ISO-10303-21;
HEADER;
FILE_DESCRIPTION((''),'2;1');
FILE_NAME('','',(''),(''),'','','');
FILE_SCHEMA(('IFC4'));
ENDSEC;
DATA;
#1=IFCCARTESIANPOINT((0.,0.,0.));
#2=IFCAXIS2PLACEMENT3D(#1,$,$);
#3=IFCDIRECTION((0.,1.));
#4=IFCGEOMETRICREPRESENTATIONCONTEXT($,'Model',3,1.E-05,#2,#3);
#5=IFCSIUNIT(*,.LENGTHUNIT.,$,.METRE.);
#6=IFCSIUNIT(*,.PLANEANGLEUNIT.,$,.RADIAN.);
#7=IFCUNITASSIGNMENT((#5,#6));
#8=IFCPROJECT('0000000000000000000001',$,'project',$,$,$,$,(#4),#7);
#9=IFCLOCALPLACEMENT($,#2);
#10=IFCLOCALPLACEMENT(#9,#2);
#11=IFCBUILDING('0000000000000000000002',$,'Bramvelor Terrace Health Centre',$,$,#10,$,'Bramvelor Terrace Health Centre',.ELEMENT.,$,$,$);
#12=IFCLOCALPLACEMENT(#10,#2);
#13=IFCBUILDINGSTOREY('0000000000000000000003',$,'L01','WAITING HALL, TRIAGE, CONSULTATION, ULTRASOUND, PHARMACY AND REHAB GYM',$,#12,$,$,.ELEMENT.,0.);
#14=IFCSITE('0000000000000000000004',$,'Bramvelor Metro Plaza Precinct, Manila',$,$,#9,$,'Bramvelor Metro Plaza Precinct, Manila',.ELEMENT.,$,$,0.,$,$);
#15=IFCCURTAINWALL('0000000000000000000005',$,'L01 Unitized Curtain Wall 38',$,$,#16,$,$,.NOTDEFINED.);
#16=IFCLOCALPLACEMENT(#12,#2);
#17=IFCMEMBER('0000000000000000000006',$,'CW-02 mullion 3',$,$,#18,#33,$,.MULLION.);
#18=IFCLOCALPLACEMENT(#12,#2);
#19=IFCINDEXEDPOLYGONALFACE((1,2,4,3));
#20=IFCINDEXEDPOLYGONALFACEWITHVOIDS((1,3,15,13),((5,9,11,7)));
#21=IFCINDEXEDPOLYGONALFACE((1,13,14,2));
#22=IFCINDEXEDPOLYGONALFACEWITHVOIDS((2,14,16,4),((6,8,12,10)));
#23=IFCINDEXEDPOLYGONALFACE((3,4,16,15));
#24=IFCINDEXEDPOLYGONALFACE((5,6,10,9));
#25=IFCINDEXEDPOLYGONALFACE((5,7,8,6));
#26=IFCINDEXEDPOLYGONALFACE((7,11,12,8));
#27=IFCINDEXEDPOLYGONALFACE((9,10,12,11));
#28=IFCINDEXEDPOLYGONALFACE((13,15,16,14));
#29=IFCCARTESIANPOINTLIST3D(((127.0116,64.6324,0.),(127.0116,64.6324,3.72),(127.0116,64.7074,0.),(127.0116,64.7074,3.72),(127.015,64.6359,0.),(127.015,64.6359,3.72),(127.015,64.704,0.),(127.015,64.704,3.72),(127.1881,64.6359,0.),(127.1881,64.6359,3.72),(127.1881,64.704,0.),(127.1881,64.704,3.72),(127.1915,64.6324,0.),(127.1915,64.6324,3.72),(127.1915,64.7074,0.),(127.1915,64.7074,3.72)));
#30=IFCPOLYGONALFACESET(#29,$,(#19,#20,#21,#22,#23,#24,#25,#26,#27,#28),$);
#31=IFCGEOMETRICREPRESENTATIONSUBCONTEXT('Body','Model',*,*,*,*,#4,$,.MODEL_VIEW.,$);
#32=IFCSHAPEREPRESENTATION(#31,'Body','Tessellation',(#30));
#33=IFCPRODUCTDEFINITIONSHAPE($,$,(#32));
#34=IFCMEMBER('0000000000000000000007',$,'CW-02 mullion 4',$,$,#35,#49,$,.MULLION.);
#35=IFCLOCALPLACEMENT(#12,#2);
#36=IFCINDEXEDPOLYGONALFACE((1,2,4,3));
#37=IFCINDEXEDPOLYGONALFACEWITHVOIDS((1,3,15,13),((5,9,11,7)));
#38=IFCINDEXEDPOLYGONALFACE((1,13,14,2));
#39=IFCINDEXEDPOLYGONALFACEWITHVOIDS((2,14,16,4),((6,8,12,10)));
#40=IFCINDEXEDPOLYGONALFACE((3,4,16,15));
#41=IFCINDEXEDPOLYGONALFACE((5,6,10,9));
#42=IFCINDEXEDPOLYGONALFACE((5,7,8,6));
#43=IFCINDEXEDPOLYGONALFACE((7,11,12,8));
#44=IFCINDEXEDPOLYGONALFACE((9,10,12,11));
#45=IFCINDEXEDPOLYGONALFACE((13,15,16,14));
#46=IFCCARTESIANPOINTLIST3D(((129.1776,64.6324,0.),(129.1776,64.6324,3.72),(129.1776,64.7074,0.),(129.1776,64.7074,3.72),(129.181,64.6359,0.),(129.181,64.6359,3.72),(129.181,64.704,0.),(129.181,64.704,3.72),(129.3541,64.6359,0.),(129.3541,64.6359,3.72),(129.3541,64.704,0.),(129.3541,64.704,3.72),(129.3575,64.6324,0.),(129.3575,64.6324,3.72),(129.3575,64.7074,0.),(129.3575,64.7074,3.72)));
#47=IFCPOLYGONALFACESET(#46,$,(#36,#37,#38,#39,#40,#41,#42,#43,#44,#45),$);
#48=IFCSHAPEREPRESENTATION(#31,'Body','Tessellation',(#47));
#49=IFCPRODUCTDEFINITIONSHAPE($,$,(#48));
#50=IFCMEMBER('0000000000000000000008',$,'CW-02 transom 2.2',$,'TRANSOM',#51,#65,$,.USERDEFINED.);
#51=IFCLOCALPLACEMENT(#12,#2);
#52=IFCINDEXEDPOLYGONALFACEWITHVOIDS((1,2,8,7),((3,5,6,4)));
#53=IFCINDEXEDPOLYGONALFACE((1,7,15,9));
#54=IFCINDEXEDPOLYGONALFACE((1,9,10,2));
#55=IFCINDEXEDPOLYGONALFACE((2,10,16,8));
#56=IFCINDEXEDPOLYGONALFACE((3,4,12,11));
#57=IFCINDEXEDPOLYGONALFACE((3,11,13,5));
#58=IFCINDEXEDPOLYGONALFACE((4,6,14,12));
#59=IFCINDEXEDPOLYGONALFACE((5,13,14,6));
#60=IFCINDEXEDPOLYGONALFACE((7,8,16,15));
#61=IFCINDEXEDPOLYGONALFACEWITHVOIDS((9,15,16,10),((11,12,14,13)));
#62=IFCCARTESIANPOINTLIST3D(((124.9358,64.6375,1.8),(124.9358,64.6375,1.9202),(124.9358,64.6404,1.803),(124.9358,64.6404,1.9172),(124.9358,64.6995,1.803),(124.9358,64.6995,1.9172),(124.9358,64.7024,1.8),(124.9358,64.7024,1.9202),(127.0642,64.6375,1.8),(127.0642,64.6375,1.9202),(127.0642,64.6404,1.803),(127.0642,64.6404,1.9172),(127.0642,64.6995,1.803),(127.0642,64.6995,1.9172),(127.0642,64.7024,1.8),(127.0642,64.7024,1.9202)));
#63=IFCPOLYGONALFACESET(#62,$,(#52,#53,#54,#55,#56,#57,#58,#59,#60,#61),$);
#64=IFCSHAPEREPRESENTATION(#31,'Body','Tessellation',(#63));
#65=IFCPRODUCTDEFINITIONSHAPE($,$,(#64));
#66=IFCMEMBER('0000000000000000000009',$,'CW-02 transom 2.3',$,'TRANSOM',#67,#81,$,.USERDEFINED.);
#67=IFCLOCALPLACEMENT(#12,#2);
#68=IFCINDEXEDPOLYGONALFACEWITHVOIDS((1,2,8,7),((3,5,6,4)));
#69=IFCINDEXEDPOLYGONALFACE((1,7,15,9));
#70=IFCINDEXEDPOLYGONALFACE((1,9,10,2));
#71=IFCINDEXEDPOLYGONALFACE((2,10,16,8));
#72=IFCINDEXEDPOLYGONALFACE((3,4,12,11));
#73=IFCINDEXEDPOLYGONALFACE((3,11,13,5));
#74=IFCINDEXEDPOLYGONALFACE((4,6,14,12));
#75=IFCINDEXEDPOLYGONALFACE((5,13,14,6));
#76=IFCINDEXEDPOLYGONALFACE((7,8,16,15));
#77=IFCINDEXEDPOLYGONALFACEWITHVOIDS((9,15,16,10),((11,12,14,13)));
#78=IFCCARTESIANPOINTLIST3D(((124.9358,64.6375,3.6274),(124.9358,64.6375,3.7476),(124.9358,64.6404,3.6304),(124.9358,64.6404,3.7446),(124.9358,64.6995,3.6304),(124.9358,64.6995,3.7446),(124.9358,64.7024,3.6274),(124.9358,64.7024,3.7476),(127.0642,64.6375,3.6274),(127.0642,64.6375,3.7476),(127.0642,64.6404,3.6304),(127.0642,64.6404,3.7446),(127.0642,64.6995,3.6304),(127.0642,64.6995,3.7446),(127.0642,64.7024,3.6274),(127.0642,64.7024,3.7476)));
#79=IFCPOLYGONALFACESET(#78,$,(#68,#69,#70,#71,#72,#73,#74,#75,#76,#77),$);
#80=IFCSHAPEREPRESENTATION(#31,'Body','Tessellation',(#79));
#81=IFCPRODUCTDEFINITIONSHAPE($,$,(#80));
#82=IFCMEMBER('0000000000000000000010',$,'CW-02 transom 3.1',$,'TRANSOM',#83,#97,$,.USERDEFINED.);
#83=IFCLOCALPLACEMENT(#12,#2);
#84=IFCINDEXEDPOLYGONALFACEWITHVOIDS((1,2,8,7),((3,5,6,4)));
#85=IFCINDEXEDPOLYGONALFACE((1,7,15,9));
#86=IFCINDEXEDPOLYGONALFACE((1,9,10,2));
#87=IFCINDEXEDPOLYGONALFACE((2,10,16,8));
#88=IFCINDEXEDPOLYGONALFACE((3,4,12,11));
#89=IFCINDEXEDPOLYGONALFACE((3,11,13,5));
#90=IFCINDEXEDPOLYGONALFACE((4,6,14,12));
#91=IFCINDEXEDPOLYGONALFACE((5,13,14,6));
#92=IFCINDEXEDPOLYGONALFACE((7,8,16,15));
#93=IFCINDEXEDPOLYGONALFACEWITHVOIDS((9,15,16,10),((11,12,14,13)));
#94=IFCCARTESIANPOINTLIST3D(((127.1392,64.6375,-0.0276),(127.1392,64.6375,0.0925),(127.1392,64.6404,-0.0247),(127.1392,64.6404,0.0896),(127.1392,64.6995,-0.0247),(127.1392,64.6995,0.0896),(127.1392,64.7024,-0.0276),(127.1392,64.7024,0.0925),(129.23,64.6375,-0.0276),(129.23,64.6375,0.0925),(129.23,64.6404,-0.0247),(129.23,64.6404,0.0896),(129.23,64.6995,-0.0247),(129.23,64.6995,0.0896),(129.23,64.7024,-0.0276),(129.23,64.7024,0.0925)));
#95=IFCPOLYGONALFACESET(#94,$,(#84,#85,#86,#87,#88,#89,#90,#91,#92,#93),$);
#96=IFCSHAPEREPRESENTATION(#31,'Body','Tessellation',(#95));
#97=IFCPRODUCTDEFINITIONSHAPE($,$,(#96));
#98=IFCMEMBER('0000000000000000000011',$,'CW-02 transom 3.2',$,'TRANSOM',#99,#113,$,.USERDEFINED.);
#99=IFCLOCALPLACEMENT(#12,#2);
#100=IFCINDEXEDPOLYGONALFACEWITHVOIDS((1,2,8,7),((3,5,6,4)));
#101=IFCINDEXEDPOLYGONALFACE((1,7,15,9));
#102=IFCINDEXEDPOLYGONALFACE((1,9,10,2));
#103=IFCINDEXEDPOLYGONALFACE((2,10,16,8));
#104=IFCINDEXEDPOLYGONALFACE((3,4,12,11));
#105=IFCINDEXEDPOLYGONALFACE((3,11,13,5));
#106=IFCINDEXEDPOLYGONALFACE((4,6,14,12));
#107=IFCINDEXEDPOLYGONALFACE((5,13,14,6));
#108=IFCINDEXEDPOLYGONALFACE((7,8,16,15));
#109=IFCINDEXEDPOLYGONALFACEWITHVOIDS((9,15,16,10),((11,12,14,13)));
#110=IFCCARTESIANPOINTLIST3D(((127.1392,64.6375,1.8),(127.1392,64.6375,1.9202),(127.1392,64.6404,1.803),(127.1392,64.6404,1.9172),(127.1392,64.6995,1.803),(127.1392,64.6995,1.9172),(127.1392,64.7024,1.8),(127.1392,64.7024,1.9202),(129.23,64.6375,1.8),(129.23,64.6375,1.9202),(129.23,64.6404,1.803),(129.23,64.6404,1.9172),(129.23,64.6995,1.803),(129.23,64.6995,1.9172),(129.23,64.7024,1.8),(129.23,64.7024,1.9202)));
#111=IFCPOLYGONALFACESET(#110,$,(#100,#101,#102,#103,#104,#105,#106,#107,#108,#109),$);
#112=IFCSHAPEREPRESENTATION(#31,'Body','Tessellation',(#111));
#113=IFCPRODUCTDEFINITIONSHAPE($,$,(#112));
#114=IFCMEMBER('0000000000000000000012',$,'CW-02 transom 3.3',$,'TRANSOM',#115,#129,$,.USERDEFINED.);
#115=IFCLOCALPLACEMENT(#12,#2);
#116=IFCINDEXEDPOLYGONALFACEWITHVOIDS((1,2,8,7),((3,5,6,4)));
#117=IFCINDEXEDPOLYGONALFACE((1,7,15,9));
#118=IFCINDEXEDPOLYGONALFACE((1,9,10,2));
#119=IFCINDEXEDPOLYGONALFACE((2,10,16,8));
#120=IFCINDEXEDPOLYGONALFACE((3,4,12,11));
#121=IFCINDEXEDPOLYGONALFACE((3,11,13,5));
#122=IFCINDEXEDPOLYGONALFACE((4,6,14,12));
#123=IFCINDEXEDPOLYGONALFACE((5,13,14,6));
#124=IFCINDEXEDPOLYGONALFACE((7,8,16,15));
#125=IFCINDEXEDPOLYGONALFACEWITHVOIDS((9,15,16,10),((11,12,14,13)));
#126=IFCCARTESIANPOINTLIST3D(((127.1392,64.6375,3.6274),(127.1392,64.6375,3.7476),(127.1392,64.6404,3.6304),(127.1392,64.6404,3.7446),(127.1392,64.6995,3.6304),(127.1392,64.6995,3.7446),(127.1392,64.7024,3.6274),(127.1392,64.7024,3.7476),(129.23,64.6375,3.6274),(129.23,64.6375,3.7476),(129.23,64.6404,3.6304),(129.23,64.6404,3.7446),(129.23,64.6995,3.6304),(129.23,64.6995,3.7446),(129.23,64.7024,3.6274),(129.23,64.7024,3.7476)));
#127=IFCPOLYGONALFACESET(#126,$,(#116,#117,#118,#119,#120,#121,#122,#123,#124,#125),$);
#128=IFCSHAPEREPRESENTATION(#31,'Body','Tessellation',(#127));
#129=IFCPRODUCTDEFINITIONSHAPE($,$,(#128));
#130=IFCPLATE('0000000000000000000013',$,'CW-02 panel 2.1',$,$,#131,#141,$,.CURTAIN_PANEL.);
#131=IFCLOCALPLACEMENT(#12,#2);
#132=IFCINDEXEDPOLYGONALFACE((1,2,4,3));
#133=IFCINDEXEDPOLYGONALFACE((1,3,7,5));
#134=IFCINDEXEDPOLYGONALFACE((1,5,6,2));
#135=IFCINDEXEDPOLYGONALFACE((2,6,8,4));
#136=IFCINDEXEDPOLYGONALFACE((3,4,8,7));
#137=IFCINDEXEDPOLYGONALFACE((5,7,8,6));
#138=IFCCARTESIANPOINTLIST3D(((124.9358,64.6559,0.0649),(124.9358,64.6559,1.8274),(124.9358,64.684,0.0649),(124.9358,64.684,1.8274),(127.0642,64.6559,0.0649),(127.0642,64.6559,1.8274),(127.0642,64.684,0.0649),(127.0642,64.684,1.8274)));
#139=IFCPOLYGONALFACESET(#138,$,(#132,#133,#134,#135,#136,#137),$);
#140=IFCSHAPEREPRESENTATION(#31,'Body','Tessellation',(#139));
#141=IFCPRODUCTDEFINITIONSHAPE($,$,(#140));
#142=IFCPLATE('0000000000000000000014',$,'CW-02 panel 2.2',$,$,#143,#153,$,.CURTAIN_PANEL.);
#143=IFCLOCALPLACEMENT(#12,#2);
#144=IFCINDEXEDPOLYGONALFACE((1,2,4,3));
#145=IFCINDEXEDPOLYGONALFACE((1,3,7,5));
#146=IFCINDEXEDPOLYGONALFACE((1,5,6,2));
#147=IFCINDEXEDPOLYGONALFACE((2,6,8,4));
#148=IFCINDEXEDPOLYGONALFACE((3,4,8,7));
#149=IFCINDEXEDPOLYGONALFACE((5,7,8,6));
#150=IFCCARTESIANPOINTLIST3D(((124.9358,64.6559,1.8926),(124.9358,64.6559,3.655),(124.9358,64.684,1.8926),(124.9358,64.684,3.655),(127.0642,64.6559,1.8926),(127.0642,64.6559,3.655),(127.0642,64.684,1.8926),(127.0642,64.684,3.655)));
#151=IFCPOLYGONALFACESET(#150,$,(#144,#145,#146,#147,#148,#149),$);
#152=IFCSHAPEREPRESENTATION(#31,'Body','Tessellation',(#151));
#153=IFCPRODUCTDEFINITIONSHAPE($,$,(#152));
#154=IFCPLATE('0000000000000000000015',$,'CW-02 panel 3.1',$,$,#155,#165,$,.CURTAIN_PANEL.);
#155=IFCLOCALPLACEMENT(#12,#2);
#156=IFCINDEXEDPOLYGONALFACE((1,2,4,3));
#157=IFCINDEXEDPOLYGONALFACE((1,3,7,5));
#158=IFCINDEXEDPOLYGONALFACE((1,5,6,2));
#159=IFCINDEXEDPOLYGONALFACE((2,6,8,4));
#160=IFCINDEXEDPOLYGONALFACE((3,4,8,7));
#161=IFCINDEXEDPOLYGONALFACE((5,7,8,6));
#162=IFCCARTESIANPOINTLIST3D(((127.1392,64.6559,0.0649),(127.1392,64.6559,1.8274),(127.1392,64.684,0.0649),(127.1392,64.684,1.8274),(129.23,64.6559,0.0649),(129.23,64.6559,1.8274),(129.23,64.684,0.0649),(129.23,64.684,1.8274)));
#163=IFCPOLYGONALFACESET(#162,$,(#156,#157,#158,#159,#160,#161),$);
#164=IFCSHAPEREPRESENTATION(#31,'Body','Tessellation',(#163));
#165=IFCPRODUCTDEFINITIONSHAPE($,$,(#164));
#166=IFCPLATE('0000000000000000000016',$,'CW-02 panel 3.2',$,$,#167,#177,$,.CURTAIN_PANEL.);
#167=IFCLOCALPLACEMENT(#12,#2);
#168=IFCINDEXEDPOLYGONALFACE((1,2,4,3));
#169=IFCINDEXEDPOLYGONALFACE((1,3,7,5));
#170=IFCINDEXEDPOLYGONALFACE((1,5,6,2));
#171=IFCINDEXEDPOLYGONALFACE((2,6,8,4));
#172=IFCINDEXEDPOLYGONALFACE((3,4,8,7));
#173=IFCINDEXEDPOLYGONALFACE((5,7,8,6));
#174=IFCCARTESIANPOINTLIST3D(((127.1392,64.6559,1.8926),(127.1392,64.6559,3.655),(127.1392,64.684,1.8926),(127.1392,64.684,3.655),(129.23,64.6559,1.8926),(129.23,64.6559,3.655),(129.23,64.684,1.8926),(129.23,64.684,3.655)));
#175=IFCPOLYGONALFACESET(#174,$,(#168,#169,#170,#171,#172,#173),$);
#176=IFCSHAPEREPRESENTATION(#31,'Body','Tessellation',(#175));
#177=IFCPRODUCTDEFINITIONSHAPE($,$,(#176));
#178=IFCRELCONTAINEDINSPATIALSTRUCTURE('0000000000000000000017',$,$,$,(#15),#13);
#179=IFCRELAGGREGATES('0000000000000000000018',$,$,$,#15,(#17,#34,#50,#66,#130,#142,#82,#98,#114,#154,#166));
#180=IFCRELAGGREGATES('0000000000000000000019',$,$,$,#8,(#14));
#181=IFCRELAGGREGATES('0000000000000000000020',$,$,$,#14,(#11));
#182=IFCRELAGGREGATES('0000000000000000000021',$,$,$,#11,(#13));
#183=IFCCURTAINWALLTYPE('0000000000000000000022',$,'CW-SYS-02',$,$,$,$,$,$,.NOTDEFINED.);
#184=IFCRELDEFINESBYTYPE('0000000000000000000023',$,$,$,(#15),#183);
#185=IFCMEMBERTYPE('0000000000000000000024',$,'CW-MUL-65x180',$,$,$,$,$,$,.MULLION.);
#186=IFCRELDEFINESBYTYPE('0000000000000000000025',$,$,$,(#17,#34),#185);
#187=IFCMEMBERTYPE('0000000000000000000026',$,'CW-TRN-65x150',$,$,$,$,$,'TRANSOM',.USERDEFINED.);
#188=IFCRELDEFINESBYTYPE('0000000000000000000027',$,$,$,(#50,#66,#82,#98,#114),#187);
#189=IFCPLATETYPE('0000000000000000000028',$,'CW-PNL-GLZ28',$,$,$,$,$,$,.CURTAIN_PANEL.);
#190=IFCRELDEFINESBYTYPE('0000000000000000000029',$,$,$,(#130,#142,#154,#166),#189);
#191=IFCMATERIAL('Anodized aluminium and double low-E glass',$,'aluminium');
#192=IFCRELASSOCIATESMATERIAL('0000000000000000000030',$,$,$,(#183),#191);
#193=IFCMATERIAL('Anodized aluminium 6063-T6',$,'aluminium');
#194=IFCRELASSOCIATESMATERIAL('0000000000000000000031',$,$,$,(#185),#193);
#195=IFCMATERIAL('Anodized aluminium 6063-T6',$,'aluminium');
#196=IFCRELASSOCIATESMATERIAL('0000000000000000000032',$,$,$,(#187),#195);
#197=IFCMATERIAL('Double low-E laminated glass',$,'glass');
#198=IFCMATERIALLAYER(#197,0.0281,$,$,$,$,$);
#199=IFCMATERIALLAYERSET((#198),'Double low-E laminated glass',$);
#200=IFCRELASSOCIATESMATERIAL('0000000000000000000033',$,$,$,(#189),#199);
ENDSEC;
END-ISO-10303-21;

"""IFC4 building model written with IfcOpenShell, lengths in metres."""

from ifc_helpers import new_model, si_unit, direction, frame, origin, origin_2d, place, context, subcontext, project, spatial, rectangle, hollow_rectangle, extrude, material, layer, layer_set, material_profile, profile_set, type_object, element, aggregate, save


model = new_model("IFC4")

# Units and contexts
model_context = context("Model", 3, precision=1e-05, world=origin(), true_north=direction((0.0, 1.0)))
body_context = subcontext(model_context, "Body", "Model", "MODEL_VIEW")
ifc_project = project(units=[si_unit("LENGTHUNIT", "METRE"), si_unit("PLANEANGLEUNIT", "RADIAN")], contexts=[model_context])

# Site, building, storey
site_placement = place(None, origin())
site = spatial("IfcSite", under=ifc_project, at=site_placement, Name="Bramvelor Metro Plaza Precinct, Manila", LongName="Bramvelor Metro Plaza Precinct, Manila", CompositionType="ELEMENT", RefElevation=0.0)
building_placement = place(site_placement, origin())
building = spatial("IfcBuilding", under=site, at=building_placement, Name="Bramvelor Terrace Health Centre", LongName="Bramvelor Terrace Health Centre", CompositionType="ELEMENT")
storey_placement = place(building_placement, origin())
storey = spatial("IfcBuildingStorey", under=building, at=storey_placement, Name="L01", Description="WAITING HALL, TRIAGE, CONSULTATION, ULTRASOUND, PHARMACY AND REHAB GYM", CompositionType="ELEMENT", Elevation=0.0)

# Curtain wall, members, plates
ifc_material_1 = material(Name="Anodized aluminium and double low-E glass", Category="aluminium")
curtain_wall_type = type_object("IfcCurtainWallType", Name="CW-SYS-02", PredefinedType="NOTDEFINED", material=ifc_material_1)
curtain_wall_placement = place(storey_placement, origin())
curtain_wall = element("IfcCurtainWall", 1, at=curtain_wall_placement, inside=storey, type_object=curtain_wall_type, Name="L01 Unitized Curtain Wall 38", PredefinedType="NOTDEFINED")
ifc_material_2 = material(Name="Anodized aluminium 6063-T6", Category="aluminium")
ifc_material_profile_1 = material_profile(ifc_material_2, hollow_rectangle(XDim=0.075, YDim=0.1799, WallThickness=0.0034, at=origin_2d()), Name="ALU-MUL 75x180x3.5")
ifc_profile_set_1 = profile_set([ifc_material_profile_1], Name="Anodized aluminium 6063-T6")
member_type_1 = type_object("IfcMemberType", Name="CW-MUL-65x180", PredefinedType="MULLION", material=ifc_profile_set_1)
member_1_placement = place(storey_placement, frame((127.1016, 64.6699, 0.0), z_axis=(0.0, 0.0, 1.0), x_axis=(0.0, 1.0, 0.0)))
member_1 = element("IfcMember", 2, at=member_1_placement, type_object=member_type_1, Name="CW-02 mullion 3", PredefinedType="MULLION", context=body_context, shape_type="SweptSolid", body=[
    extrude(hollow_rectangle(XDim=0.075, YDim=0.1799, WallThickness=0.0034, at=origin_2d()), origin(), (0.0, 0.0, 1.0), 3.72),
])
member_2_placement = place(storey_placement, frame((129.2676, 64.6699, 0.0), z_axis=(0.0, 0.0, 1.0), x_axis=(0.0, 1.0, 0.0)))
member_2 = element("IfcMember", 3, at=member_2_placement, type_object=member_type_1, Name="CW-02 mullion 4", PredefinedType="MULLION", context=body_context, shape_type="SweptSolid", body=[
    extrude(hollow_rectangle(XDim=0.075, YDim=0.1799, WallThickness=0.0034, at=origin_2d()), origin(), (0.0, 0.0, 1.0), 3.72),
])
ifc_material_3 = material(Name="Anodized aluminium 6063-T6", Category="aluminium")
ifc_material_profile_2 = material_profile(ifc_material_3, hollow_rectangle(XDim=0.0649, YDim=0.1201, WallThickness=0.0029, at=origin_2d()), Name="ALU-TRN 65x120x3.0")
ifc_profile_set_2 = profile_set([ifc_material_profile_2], Name="Anodized aluminium 6063-T6")
member_type_2 = type_object("IfcMemberType", Name="CW-TRN-65x150", ElementType="TRANSOM", PredefinedType="USERDEFINED", material=ifc_profile_set_2)
member_3_placement = place(storey_placement, frame((124.9358, 64.6699, 1.8601), z_axis=(1.0, 0.0, 0.0), x_axis=(0.0, 1.0, 0.0)))
member_3 = element("IfcMember", 4, at=member_3_placement, type_object=member_type_2, Name="CW-02 transom 2.2", ObjectType="TRANSOM", PredefinedType="USERDEFINED", context=body_context, shape_type="SweptSolid", body=[
    extrude(hollow_rectangle(XDim=0.0649, YDim=0.1201, WallThickness=0.0029, at=origin_2d()), origin(), (0.0, 0.0, 1.0), 2.1284),
])
member_4_placement = place(storey_placement, frame((124.9358, 64.6699, 3.6875), z_axis=(1.0, 0.0, 0.0), x_axis=(0.0, 1.0, 0.0)))
member_4 = element("IfcMember", 5, at=member_4_placement, type_object=member_type_2, Name="CW-02 transom 2.3", ObjectType="TRANSOM", PredefinedType="USERDEFINED", context=body_context, shape_type="SweptSolid", body=[
    extrude(hollow_rectangle(XDim=0.0649, YDim=0.1201, WallThickness=0.0029, at=origin_2d()), origin(), (0.0, 0.0, 1.0), 2.1284),
])
member_5_placement = place(storey_placement, frame((127.1392, 64.6699, 0.0325), z_axis=(1.0, 0.0, 0.0), x_axis=(0.0, 1.0, 0.0)))
member_5 = element("IfcMember", 6, at=member_5_placement, type_object=member_type_2, Name="CW-02 transom 3.1", ObjectType="TRANSOM", PredefinedType="USERDEFINED", context=body_context, shape_type="SweptSolid", body=[
    extrude(hollow_rectangle(XDim=0.0649, YDim=0.1201, WallThickness=0.0029, at=origin_2d()), origin(), (0.0, 0.0, 1.0), 2.0908),
])
member_6_placement = place(storey_placement, frame((127.1392, 64.6699, 1.8601), z_axis=(1.0, 0.0, 0.0), x_axis=(0.0, 1.0, 0.0)))
member_6 = element("IfcMember", 7, at=member_6_placement, type_object=member_type_2, Name="CW-02 transom 3.2", ObjectType="TRANSOM", PredefinedType="USERDEFINED", context=body_context, shape_type="SweptSolid", body=[
    extrude(hollow_rectangle(XDim=0.0649, YDim=0.1201, WallThickness=0.0029, at=origin_2d()), origin(), (0.0, 0.0, 1.0), 2.0908),
])
member_7_placement = place(storey_placement, frame((127.1392, 64.6699, 3.6875), z_axis=(1.0, 0.0, 0.0), x_axis=(0.0, 1.0, 0.0)))
member_7 = element("IfcMember", 8, at=member_7_placement, type_object=member_type_2, Name="CW-02 transom 3.3", ObjectType="TRANSOM", PredefinedType="USERDEFINED", context=body_context, shape_type="SweptSolid", body=[
    extrude(hollow_rectangle(XDim=0.0649, YDim=0.1201, WallThickness=0.0029, at=origin_2d()), origin(), (0.0, 0.0, 1.0), 2.0908),
])
ifc_material_4 = material(Name="Double low-E laminated glass", Category="glass")
ifc_layer_1 = layer(ifc_material_4, 0.0281)
ifc_layer_set_1 = layer_set([ifc_layer_1], Name="Double low-E laminated glass")
plate_type = type_object("IfcPlateType", Name="CW-PNL-GLZ28", PredefinedType="CURTAIN_PANEL", material=ifc_layer_set_1)
plate_1_placement = place(storey_placement, frame((126.0, 64.6699, 0.0649), z_axis=(0.0, 0.0, 1.0), x_axis=(1.0, 0.0, 0.0)))
plate_1 = element("IfcPlate", 9, at=plate_1_placement, type_object=plate_type, Name="CW-02 panel 2.1", PredefinedType="CURTAIN_PANEL", context=body_context, shape_type="SweptSolid", body=[
    extrude(rectangle(XDim=2.1284, YDim=0.0281, at=origin_2d()), origin(), (0.0, 0.0, 1.0), 1.7625),
])
plate_2_placement = place(storey_placement, frame((126.0, 64.6699, 1.8926), z_axis=(0.0, 0.0, 1.0), x_axis=(1.0, 0.0, 0.0)))
plate_2 = element("IfcPlate", 10, at=plate_2_placement, type_object=plate_type, Name="CW-02 panel 2.2", PredefinedType="CURTAIN_PANEL", context=body_context, shape_type="SweptSolid", body=[
    extrude(rectangle(XDim=2.1284, YDim=0.0281, at=origin_2d()), origin(), (0.0, 0.0, 1.0), 1.7625),
])
plate_3_placement = place(storey_placement, frame((128.1846, 64.6699, 0.0649), z_axis=(0.0, 0.0, 1.0), x_axis=(1.0, 0.0, 0.0)))
plate_3 = element("IfcPlate", 11, at=plate_3_placement, type_object=plate_type, Name="CW-02 panel 3.1", PredefinedType="CURTAIN_PANEL", context=body_context, shape_type="SweptSolid", body=[
    extrude(rectangle(XDim=2.0908, YDim=0.0281, at=origin_2d()), origin(), (0.0, 0.0, 1.0), 1.7625),
])
plate_4_placement = place(storey_placement, frame((128.1846, 64.6699, 1.8926), z_axis=(0.0, 0.0, 1.0), x_axis=(1.0, 0.0, 0.0)))
plate_4 = element("IfcPlate", 12, at=plate_4_placement, type_object=plate_type, Name="CW-02 panel 3.2", PredefinedType="CURTAIN_PANEL", context=body_context, shape_type="SweptSolid", body=[
    extrude(rectangle(XDim=2.0908, YDim=0.0281, at=origin_2d()), origin(), (0.0, 0.0, 1.0), 1.7625),
])
aggregate(curtain_wall, [member_1, member_2, member_3, member_4, plate_1, plate_2, member_5, member_6, member_7, plate_3, plate_4])

save(model, "model.ifc")
